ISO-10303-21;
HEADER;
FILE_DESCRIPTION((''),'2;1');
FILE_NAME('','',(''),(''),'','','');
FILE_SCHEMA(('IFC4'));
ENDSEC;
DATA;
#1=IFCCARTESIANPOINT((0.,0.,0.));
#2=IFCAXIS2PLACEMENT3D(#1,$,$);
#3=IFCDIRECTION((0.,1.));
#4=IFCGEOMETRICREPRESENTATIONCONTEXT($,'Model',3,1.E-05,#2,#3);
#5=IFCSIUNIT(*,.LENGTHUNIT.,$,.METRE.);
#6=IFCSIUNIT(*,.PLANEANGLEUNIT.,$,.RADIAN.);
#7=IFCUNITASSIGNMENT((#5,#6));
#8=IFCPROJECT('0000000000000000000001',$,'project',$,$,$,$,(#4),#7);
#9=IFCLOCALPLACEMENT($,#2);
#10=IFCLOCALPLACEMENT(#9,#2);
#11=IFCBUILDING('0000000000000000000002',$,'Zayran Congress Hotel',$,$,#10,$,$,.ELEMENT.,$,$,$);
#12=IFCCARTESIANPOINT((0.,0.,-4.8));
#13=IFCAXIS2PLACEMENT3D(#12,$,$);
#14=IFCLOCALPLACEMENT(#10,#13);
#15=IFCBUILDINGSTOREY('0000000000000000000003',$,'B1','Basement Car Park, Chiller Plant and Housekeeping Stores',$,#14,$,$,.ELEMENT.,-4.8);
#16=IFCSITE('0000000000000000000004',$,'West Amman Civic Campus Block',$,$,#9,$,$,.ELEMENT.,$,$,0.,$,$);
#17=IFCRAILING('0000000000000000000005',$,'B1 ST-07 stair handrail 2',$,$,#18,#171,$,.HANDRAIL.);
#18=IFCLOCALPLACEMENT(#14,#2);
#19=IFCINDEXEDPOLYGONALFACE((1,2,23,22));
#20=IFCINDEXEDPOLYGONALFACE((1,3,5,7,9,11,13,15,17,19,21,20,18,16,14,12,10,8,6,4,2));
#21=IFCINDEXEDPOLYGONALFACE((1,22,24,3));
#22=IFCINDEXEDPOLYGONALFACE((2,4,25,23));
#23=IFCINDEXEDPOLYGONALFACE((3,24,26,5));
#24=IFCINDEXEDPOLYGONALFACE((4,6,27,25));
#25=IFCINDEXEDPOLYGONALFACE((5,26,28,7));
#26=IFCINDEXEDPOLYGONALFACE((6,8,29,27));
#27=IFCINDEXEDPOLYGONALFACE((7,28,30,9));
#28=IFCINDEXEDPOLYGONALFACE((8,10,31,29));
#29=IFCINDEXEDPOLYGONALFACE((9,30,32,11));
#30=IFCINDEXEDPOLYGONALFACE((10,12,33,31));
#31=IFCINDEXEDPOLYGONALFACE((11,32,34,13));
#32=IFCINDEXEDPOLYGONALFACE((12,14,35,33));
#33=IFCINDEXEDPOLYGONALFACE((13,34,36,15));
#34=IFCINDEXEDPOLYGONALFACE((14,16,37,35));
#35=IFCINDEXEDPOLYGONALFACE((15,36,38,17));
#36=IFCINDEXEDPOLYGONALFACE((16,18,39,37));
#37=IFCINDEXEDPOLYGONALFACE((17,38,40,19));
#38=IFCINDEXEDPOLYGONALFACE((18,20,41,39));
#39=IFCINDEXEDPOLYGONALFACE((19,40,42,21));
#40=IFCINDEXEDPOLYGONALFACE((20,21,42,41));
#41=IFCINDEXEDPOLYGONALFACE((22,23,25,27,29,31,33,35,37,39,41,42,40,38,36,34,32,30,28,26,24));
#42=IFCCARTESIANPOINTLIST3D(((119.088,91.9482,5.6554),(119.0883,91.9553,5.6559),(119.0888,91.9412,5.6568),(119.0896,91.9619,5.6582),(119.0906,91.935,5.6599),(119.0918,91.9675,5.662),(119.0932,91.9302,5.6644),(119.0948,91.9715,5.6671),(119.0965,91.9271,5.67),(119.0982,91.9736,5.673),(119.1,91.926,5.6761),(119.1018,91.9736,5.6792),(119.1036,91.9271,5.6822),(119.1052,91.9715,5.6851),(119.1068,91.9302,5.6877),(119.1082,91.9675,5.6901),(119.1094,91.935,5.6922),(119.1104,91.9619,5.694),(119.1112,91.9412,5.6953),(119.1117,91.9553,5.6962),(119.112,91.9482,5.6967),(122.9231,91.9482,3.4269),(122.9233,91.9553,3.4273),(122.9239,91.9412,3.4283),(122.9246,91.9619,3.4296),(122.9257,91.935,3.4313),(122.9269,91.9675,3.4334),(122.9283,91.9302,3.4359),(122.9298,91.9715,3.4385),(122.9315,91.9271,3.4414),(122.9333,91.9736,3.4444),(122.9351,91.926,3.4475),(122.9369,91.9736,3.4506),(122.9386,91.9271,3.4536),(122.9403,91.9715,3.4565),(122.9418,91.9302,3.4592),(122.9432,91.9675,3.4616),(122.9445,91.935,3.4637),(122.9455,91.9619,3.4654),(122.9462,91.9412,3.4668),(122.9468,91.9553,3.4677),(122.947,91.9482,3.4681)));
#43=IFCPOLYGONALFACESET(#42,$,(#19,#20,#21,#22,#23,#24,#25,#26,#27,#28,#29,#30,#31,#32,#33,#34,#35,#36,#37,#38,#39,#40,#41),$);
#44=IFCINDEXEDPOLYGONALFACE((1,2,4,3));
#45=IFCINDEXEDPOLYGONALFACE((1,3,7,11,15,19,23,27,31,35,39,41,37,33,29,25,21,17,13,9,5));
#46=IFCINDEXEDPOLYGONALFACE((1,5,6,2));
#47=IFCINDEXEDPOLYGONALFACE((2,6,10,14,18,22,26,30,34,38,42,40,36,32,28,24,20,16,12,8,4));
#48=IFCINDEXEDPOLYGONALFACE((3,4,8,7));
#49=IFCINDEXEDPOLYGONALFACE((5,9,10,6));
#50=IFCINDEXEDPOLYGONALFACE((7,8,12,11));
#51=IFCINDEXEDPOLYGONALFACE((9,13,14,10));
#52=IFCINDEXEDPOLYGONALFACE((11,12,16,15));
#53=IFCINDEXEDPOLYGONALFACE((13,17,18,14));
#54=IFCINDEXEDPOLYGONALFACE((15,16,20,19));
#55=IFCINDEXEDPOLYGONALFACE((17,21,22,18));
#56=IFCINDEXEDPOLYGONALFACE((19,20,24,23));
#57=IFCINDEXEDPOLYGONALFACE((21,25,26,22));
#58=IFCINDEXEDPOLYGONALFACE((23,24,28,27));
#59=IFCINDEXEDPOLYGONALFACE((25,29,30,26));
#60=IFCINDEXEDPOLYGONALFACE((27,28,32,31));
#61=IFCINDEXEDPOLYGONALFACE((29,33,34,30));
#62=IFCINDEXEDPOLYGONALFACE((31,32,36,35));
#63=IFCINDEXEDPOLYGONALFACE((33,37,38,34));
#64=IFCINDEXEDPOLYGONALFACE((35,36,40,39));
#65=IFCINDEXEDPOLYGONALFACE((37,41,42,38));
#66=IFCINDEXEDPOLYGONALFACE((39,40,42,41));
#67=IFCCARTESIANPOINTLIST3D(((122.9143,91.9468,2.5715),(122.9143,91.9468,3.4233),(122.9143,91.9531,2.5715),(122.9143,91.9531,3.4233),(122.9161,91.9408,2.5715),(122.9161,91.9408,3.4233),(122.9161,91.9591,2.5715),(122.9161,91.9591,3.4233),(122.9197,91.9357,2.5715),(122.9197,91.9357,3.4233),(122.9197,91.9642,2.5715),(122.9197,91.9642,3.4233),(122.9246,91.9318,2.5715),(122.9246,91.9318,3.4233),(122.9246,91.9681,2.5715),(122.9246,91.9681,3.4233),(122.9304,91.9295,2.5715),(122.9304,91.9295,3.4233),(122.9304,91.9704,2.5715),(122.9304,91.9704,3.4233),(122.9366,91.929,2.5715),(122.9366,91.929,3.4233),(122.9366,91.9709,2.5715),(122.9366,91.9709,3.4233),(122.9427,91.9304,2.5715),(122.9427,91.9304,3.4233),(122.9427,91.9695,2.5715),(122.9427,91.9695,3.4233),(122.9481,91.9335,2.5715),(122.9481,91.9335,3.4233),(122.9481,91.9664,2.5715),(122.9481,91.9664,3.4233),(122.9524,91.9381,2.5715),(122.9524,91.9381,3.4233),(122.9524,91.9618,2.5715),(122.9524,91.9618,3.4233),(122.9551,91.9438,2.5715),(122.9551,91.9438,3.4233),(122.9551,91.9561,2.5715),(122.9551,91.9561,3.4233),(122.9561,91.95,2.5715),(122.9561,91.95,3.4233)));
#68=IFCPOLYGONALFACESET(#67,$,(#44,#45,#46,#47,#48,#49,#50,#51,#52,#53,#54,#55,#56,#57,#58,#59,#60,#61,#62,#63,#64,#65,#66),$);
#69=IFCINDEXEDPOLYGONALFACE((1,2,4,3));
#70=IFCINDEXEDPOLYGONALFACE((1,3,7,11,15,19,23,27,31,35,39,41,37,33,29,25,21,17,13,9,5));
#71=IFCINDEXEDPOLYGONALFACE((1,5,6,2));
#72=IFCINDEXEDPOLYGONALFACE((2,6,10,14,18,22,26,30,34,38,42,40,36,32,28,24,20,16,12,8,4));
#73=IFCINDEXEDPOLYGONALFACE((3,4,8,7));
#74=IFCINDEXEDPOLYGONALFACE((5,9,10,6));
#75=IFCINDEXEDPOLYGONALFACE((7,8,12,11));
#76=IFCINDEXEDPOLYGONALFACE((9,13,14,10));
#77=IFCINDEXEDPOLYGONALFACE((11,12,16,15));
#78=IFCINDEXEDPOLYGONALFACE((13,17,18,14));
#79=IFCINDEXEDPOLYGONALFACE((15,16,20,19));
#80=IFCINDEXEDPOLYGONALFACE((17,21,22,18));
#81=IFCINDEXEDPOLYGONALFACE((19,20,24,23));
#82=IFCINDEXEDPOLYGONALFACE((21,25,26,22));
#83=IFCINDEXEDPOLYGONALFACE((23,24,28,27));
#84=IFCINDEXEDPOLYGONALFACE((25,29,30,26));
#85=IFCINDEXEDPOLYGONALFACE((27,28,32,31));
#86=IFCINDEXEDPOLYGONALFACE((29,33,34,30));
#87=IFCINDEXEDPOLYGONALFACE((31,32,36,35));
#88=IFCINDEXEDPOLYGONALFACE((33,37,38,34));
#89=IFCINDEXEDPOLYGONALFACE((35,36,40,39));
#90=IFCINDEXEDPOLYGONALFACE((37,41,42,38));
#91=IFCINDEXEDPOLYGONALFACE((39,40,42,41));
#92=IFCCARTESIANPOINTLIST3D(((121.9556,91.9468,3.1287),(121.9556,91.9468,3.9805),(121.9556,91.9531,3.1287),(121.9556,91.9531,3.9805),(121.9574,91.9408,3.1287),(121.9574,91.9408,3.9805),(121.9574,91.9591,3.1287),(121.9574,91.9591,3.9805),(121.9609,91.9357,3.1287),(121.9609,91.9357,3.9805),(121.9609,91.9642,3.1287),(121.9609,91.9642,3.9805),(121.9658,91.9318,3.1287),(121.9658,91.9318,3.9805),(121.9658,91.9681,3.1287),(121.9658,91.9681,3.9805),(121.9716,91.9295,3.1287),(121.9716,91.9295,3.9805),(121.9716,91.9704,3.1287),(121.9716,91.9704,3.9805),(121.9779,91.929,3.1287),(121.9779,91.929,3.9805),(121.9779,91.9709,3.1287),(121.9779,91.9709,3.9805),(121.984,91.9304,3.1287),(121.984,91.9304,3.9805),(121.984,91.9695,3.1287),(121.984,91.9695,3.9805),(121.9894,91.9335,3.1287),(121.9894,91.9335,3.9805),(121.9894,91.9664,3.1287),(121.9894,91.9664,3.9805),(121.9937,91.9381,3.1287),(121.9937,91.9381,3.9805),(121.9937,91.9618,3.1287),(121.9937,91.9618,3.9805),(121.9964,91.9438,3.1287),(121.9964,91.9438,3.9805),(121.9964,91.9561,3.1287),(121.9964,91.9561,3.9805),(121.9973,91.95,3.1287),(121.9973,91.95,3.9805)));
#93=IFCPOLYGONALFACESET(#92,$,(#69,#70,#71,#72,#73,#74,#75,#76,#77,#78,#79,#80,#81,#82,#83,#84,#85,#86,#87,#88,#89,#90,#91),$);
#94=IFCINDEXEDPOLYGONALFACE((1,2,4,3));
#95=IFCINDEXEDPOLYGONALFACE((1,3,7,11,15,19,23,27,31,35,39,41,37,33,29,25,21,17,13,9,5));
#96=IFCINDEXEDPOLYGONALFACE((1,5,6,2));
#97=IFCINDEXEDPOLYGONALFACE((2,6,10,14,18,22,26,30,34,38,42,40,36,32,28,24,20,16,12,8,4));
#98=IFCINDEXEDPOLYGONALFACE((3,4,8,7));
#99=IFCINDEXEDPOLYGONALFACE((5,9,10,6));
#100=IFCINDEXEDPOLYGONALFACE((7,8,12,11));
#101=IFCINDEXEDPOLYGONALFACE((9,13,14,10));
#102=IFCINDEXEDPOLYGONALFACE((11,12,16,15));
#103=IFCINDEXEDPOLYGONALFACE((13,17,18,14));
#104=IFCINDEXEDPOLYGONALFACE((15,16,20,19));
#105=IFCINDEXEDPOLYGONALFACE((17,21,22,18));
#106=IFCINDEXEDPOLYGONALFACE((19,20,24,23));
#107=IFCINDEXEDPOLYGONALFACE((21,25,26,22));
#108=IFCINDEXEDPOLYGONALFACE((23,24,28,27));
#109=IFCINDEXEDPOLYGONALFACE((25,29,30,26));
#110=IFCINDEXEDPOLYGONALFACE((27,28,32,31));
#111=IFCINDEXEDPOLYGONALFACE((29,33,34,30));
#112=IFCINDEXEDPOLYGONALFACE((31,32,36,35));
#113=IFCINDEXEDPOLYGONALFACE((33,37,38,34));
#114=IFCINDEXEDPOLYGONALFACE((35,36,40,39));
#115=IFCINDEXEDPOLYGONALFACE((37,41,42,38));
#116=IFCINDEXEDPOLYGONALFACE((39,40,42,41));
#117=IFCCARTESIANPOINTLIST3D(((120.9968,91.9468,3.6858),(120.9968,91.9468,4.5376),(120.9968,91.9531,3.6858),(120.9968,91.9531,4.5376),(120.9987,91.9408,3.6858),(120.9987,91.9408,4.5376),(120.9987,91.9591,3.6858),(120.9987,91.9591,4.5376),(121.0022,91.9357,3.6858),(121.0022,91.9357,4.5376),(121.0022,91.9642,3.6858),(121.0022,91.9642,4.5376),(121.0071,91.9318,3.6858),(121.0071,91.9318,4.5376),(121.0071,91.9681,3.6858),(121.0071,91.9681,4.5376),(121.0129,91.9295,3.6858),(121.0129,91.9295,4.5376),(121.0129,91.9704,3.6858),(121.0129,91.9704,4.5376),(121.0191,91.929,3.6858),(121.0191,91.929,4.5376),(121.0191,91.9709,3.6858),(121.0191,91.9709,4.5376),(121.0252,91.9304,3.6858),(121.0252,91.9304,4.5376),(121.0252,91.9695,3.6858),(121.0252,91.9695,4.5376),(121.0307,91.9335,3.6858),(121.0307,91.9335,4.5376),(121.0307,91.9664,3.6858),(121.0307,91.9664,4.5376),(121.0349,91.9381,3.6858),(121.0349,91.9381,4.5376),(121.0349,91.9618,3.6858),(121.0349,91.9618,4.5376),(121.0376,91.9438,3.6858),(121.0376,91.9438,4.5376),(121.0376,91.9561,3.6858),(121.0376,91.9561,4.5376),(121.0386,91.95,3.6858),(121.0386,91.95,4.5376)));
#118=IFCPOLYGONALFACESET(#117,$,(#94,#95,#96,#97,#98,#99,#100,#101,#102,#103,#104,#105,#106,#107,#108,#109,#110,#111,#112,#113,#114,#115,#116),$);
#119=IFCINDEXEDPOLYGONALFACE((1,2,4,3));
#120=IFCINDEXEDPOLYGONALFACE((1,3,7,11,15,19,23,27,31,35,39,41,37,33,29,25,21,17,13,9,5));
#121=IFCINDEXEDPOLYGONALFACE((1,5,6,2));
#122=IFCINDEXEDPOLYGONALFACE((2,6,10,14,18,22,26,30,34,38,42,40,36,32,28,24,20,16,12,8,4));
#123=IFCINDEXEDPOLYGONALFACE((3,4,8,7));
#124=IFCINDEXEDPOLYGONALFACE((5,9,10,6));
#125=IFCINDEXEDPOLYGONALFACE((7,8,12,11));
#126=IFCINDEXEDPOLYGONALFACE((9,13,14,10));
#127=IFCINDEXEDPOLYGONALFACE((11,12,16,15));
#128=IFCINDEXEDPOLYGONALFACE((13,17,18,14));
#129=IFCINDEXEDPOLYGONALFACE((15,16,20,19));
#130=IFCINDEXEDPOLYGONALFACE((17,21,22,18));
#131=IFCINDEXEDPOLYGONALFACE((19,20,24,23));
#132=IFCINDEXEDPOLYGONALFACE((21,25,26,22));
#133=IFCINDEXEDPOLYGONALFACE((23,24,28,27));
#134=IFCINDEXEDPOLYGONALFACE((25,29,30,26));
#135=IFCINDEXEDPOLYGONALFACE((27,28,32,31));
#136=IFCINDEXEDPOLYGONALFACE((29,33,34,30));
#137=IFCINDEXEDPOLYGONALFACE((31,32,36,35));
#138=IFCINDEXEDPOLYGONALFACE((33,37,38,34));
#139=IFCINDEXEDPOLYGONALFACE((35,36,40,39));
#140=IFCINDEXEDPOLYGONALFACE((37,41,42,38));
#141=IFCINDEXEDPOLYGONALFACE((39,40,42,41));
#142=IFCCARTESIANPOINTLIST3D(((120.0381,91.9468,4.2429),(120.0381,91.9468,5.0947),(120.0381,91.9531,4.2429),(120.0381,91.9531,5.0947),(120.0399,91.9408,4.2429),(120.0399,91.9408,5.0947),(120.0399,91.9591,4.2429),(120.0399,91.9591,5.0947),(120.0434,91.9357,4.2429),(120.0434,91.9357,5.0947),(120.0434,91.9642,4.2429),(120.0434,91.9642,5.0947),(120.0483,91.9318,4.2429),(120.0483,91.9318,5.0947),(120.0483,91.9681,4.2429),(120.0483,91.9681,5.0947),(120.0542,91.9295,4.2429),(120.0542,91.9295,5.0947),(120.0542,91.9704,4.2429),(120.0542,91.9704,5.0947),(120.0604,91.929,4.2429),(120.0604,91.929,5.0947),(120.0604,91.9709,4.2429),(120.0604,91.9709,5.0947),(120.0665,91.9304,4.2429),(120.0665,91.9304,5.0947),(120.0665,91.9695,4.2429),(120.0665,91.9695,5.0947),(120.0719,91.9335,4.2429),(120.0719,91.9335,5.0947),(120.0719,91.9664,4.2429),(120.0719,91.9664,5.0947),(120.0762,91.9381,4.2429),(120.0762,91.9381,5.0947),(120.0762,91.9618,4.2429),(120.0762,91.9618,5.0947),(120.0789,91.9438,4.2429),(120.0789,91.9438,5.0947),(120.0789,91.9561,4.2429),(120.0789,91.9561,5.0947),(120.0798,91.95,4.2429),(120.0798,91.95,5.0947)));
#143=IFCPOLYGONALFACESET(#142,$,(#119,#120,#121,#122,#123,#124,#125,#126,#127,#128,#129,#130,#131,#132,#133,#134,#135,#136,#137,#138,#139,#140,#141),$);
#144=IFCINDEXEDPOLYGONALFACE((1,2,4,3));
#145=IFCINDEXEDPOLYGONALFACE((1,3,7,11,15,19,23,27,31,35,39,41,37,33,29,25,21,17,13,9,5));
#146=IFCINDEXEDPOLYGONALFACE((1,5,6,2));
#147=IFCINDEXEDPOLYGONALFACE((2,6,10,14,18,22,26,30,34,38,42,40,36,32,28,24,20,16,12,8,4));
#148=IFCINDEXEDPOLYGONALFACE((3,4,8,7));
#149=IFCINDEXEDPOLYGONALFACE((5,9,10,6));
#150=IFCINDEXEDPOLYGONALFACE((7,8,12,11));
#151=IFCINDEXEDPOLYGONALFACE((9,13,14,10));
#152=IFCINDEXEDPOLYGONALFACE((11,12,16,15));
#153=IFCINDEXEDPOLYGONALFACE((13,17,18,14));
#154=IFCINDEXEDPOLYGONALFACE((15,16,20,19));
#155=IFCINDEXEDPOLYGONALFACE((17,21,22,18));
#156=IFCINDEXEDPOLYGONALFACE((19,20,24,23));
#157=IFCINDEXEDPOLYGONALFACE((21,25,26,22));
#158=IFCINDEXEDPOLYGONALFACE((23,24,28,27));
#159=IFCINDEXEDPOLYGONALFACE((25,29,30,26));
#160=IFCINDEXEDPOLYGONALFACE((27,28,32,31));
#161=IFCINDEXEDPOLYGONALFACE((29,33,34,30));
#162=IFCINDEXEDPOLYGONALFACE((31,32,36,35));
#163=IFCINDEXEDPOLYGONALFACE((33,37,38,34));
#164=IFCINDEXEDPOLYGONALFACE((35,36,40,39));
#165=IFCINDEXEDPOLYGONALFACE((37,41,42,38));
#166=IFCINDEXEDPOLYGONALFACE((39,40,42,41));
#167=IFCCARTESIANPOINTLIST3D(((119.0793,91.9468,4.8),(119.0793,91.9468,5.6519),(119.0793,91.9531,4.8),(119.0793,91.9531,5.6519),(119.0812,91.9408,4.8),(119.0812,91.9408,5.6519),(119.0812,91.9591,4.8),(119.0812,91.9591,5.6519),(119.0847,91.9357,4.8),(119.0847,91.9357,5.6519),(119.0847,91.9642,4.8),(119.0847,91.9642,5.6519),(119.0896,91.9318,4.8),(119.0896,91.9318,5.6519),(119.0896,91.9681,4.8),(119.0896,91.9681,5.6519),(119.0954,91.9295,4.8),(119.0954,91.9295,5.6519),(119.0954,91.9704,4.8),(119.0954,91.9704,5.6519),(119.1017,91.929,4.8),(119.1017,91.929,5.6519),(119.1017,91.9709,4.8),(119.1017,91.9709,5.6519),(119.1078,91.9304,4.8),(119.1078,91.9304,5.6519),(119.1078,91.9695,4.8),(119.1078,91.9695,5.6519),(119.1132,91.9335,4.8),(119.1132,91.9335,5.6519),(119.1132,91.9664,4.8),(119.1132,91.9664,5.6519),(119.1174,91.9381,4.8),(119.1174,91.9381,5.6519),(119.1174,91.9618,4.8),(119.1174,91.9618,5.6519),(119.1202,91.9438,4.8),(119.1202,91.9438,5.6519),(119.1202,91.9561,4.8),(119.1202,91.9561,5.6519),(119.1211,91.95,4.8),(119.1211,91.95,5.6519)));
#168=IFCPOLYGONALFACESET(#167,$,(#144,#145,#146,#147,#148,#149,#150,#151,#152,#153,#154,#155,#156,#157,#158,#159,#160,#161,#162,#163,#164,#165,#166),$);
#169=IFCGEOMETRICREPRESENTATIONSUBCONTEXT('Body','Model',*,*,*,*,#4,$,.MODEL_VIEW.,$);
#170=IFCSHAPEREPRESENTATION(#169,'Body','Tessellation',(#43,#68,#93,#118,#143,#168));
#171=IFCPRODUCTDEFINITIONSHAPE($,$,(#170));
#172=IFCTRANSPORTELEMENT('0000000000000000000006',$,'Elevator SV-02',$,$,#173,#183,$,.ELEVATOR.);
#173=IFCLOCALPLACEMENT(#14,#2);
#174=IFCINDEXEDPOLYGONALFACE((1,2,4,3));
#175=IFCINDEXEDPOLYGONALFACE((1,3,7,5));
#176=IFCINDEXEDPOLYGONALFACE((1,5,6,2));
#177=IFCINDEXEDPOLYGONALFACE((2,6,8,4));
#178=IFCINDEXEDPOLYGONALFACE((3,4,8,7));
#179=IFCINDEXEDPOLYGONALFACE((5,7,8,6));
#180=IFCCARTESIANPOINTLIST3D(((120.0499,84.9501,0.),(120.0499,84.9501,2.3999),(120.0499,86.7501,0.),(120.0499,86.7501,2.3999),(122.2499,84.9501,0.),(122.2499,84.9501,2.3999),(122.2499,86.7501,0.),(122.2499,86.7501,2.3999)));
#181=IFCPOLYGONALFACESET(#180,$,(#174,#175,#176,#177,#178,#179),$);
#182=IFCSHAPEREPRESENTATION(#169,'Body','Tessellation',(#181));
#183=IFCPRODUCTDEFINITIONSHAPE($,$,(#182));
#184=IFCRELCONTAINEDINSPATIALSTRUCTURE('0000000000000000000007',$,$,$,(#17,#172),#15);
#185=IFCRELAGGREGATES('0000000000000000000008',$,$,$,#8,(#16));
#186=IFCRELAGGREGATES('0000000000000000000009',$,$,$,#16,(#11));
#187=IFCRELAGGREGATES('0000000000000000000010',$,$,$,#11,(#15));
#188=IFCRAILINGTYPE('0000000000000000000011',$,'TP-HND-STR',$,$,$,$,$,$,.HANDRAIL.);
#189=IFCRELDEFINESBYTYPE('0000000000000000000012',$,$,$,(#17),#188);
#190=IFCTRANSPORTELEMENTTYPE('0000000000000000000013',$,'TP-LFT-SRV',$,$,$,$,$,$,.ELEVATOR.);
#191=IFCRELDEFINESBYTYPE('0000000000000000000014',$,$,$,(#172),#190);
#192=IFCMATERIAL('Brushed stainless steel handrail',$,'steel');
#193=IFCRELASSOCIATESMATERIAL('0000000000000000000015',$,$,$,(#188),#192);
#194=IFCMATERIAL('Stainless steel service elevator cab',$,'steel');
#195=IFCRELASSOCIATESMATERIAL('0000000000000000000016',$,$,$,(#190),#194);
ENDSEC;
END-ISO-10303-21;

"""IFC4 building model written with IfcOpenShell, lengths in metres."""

from ifc_helpers import new_model, si_unit, direction, frame, origin, origin_2d, place, context, subcontext, project, spatial, rectangle, circle, extrude, material, type_object, element, save


model = new_model("IFC4")

# Units and contexts
model_context = context("Model", 3, precision=1e-05, world=origin(), true_north=direction((0.0, 1.0)))
body_context = subcontext(model_context, "Body", "Model", "MODEL_VIEW")
ifc_project = project(units=[si_unit("LENGTHUNIT", "METRE"), si_unit("PLANEANGLEUNIT", "RADIAN")], contexts=[model_context])

# Site, building, storey
site_placement = place(None, origin())
site = spatial("IfcSite", under=ifc_project, at=site_placement, Name="West Amman Civic Campus Block", CompositionType="ELEMENT", RefElevation=0.0)
building_placement = place(site_placement, origin())
building = spatial("IfcBuilding", under=site, at=building_placement, Name="Zayran Congress Hotel", CompositionType="ELEMENT")
storey_placement = place(building_placement, frame((0.0, 0.0, -4.8)))
storey = spatial("IfcBuildingStorey", under=building, at=storey_placement, Name="B1", Description="Basement Car Park, Chiller Plant and Housekeeping Stores", CompositionType="ELEMENT", Elevation=-4.8)

# Railing
ifc_material_1 = material(Name="Brushed stainless steel handrail", Category="steel")
railing_type_1 = type_object("IfcRailingType", Name="TP-HND-STR", PredefinedType="HANDRAIL", material=ifc_material_1)
railing_1_placement = place(storey_placement, frame((122.9351, 91.95, 2.5715)))
element("IfcRailing", 1, at=railing_1_placement, inside=storey, type_object=railing_type_1, Name="B1 ST-07 stair handrail 2", PredefinedType="HANDRAIL", context=body_context, shape_type="SweptSolid", body=[
    extrude(circle(Radius=0.0239, at=origin_2d()), frame((0.0, 0.0, 0.876), z_axis=(-0.864616, 0.0, 0.502433), x_axis=(0.0, -1.0, 0.0)), (0.0, 0.0, 1.0), 4.4355),
    extrude(circle(Radius=0.021, at=origin_2d()), origin(), (0.0, 0.0, 1.0), 0.8518),
    extrude(circle(Radius=0.021, at=origin_2d()), frame((-0.9587, 0.0, 0.5571)), (0.0, 0.0, 1.0), 0.8518),
    extrude(circle(Radius=0.021, at=origin_2d()), frame((-1.9175, 0.0, 1.1143)), (0.0, 0.0, 1.0), 0.8518),
    extrude(circle(Radius=0.021, at=origin_2d()), frame((-2.8762, 0.0, 1.6714)), (0.0, 0.0, 1.0), 0.8518),
    extrude(circle(Radius=0.021, at=origin_2d()), frame((-3.835, 0.0, 2.2285)), (0.0, 0.0, 1.0), 0.8518),
])

# Transport element
ifc_material_2 = material(Name="Stainless steel service elevator cab", Category="steel")
transport_element_type = type_object("IfcTransportElementType", Name="TP-LFT-SRV", PredefinedType="ELEVATOR", material=ifc_material_2)
transport_element_placement = place(storey_placement, frame((121.1499, 85.8501, 0.0), z_axis=(0.0, 0.0, 1.0), x_axis=(1.0, 0.0, 0.0)))
element("IfcTransportElement", 2, at=transport_element_placement, inside=storey, type_object=transport_element_type, Name="Elevator SV-02", PredefinedType="ELEVATOR", context=body_context, shape_type="SweptSolid", body=[
    extrude(rectangle(XDim=2.2, YDim=1.8, at=origin_2d()), origin(), (0.0, 0.0, 1.0), 2.3999),
])

save(model, "model.ifc")
